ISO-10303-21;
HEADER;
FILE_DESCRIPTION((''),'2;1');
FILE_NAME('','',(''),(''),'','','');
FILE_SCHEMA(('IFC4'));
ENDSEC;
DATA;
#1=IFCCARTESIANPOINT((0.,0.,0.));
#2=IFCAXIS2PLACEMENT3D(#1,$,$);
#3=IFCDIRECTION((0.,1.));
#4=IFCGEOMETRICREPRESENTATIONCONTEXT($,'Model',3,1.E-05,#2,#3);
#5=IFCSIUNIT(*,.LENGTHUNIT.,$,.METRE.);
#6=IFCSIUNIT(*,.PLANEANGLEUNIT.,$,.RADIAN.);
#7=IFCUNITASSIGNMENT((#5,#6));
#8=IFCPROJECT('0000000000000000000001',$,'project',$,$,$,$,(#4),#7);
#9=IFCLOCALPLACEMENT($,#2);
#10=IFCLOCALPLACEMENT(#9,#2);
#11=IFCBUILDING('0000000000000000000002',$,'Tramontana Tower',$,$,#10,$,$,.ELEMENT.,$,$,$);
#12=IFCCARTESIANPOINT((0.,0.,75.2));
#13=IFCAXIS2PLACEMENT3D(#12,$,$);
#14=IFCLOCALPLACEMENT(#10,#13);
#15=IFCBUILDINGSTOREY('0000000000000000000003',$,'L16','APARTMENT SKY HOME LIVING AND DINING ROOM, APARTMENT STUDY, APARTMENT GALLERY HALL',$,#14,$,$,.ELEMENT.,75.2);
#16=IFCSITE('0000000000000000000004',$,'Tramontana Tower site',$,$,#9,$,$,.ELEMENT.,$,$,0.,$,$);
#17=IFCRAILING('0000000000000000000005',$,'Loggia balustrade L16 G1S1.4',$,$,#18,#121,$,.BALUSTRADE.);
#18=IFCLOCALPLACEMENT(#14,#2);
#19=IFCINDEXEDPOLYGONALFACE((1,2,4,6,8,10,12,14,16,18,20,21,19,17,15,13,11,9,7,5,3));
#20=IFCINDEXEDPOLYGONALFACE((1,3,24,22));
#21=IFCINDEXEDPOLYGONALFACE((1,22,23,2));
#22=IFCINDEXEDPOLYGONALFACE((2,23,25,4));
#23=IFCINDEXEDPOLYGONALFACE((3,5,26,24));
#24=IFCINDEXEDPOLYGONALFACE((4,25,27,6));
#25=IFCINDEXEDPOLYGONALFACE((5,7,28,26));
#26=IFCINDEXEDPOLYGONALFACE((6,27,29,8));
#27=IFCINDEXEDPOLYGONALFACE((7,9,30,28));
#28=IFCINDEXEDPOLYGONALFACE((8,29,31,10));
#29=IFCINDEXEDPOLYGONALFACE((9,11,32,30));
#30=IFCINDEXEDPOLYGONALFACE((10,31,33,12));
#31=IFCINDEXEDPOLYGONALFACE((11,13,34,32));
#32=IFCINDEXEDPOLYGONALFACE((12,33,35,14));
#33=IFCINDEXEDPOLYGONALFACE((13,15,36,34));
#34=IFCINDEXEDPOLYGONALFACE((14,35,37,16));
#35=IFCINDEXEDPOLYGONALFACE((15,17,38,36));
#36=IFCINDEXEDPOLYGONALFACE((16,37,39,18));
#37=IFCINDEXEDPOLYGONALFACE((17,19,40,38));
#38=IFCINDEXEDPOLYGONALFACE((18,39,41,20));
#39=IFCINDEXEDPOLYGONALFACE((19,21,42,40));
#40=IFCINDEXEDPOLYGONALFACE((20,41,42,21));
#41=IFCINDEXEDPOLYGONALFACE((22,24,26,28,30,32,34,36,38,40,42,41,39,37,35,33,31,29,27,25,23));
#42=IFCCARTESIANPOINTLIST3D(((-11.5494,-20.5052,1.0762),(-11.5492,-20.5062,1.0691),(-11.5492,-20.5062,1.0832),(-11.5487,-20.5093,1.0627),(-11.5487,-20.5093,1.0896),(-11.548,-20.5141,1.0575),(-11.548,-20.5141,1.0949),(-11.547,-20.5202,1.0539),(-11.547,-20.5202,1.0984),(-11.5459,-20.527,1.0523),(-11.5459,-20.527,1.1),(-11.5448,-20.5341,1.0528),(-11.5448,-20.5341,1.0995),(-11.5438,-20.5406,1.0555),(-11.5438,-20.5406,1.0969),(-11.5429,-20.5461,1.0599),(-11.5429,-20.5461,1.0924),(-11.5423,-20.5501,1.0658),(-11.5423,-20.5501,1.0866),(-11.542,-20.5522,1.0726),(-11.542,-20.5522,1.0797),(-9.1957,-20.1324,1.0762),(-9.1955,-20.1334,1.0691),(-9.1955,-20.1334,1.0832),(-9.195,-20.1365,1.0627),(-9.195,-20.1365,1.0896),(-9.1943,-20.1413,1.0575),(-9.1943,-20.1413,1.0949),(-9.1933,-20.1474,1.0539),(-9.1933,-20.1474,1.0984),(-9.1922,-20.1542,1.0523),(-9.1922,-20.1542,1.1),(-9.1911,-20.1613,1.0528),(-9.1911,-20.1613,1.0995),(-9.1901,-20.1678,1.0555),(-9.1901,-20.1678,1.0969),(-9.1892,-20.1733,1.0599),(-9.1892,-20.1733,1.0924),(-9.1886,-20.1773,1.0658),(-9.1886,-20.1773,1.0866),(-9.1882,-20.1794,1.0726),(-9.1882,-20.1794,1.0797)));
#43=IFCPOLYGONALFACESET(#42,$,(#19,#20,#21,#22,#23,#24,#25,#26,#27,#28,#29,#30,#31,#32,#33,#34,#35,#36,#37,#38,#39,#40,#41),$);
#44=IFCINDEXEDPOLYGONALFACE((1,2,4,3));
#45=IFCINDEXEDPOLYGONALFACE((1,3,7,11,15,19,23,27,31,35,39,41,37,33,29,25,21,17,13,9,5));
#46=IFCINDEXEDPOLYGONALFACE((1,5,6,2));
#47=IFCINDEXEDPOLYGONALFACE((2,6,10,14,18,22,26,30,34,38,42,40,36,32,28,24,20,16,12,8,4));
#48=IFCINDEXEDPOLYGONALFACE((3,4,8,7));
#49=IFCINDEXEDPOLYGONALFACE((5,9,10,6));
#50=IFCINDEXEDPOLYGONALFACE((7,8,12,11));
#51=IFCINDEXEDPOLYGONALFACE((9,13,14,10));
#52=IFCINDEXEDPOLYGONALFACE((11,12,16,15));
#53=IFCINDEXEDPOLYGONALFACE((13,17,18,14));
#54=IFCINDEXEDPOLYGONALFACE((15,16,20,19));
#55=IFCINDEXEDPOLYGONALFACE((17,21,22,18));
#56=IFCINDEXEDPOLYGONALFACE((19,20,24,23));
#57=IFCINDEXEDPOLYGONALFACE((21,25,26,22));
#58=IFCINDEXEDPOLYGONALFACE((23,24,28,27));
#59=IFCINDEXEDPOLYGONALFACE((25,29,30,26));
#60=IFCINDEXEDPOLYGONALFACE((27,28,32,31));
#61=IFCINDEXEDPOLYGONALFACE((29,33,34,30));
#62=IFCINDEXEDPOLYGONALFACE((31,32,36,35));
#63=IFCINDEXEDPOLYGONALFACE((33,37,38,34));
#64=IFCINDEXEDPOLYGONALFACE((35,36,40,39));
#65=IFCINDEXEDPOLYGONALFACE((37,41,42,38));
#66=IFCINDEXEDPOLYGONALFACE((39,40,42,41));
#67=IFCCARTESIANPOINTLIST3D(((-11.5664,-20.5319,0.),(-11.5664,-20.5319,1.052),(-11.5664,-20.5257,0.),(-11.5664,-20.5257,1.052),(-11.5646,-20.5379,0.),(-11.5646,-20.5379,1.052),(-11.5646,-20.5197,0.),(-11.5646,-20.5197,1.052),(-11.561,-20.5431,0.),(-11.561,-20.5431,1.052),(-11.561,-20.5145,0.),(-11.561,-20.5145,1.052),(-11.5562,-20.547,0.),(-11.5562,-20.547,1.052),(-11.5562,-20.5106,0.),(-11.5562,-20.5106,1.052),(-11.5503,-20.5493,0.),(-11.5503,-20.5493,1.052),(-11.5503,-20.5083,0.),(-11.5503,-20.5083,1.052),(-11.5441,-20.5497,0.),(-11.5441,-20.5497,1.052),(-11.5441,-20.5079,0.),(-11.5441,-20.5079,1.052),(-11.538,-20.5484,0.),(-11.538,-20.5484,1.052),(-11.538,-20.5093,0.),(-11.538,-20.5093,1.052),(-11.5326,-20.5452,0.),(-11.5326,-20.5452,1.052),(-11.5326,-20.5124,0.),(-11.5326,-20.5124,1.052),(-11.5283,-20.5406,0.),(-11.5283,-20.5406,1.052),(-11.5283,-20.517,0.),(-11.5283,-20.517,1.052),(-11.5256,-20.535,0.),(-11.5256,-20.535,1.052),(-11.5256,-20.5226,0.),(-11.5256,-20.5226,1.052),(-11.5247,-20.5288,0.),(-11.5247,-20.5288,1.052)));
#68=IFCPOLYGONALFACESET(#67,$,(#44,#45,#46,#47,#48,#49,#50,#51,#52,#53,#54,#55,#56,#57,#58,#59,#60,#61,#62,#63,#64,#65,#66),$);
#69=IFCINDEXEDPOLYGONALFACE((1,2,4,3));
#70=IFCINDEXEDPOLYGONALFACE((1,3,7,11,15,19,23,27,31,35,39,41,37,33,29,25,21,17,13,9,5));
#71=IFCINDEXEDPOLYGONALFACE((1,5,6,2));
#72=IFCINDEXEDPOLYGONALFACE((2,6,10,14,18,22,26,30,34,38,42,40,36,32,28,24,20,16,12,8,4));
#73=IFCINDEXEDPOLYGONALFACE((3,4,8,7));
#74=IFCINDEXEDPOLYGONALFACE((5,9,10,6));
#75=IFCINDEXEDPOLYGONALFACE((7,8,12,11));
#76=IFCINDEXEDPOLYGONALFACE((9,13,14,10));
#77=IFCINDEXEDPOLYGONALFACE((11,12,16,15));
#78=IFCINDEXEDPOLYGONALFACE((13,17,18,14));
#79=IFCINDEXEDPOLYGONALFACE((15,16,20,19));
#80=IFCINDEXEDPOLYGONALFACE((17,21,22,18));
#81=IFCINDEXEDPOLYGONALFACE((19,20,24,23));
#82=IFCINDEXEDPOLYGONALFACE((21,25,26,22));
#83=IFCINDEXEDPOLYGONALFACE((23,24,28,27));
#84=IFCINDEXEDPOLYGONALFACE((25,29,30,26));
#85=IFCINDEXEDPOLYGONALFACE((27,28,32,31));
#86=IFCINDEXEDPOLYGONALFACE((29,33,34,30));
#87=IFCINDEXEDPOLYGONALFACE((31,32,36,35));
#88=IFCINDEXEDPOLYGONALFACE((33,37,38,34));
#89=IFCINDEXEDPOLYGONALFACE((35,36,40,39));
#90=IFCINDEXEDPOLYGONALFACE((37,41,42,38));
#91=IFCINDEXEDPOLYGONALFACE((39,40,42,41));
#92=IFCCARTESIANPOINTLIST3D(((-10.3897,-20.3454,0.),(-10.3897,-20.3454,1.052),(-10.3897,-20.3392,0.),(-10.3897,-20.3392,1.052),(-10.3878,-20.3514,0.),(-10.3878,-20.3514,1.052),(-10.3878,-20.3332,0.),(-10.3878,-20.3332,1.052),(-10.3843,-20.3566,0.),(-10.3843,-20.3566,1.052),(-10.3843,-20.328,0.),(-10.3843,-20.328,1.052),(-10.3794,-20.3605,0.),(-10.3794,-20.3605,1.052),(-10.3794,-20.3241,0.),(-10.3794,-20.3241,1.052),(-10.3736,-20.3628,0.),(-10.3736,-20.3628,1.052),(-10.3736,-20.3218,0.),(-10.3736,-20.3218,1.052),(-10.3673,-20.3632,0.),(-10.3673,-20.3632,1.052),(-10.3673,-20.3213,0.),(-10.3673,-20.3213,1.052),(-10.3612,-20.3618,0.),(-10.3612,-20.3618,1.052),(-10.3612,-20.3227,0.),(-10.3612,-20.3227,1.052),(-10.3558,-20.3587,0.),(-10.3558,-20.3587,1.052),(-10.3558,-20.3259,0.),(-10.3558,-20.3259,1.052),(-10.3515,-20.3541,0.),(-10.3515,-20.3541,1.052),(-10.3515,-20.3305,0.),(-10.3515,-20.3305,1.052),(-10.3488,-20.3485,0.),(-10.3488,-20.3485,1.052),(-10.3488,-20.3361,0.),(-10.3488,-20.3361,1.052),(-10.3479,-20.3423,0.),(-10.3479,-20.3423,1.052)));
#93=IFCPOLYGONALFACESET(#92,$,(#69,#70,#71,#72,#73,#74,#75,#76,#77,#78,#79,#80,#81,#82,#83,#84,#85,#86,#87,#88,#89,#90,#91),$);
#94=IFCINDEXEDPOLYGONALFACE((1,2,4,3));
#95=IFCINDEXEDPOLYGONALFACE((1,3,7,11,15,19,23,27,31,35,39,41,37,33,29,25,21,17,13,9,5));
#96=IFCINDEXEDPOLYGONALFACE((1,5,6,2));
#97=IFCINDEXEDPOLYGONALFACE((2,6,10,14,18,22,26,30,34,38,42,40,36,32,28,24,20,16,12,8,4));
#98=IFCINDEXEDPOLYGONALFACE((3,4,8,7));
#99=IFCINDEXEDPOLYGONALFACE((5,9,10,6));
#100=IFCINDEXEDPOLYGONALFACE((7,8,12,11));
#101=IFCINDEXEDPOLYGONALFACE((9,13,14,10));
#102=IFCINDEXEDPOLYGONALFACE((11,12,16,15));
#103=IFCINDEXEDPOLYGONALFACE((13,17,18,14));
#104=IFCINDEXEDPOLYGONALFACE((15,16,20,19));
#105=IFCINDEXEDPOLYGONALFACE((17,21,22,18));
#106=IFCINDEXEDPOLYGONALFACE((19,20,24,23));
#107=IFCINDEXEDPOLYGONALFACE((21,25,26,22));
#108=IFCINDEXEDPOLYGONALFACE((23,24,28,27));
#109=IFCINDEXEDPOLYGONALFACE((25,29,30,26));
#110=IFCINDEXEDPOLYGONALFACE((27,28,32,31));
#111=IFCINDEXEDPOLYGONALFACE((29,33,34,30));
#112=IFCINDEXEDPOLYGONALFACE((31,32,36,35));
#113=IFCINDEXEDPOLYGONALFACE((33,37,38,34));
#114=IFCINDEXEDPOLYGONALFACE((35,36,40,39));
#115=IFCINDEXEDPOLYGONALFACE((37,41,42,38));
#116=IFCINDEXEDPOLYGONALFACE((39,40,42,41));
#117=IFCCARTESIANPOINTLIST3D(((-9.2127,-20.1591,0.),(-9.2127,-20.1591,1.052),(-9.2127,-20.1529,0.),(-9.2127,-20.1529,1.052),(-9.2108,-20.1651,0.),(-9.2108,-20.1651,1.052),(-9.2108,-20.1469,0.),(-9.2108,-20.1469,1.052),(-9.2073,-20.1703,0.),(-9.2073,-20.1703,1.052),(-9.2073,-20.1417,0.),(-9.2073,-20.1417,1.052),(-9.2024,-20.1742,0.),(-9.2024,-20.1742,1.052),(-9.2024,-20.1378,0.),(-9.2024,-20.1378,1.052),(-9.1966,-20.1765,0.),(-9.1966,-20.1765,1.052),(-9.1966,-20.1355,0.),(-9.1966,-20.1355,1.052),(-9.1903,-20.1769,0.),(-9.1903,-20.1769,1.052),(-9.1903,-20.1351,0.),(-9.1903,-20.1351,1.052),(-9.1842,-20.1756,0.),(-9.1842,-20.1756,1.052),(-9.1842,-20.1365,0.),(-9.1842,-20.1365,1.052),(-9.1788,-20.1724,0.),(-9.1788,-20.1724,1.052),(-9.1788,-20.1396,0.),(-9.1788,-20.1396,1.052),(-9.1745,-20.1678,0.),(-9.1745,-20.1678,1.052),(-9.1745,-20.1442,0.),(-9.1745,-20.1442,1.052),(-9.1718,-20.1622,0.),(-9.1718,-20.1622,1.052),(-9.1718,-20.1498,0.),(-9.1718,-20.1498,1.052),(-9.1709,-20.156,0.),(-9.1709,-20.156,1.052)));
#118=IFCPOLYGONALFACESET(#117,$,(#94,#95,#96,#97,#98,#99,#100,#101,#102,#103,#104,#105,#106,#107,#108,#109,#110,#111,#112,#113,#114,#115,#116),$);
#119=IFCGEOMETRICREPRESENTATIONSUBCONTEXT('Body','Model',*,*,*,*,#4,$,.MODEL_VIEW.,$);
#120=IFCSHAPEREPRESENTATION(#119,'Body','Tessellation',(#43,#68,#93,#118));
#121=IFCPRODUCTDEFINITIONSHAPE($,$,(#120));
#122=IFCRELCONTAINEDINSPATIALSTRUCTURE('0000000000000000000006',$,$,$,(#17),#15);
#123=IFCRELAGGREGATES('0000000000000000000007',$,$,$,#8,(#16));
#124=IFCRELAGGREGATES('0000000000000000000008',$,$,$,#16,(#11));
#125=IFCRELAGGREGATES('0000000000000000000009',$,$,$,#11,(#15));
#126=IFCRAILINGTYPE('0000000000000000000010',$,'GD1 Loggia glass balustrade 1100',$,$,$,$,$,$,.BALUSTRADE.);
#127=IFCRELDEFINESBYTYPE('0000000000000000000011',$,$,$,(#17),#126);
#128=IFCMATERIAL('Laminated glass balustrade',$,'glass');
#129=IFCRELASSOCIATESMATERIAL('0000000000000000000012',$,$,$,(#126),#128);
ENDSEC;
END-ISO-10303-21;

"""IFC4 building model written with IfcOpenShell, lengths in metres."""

from ifc_helpers import new_model, si_unit, direction, frame, origin, origin_2d, place, context, subcontext, project, spatial, circle, extrude, material, type_object, element, save


model = new_model("IFC4")

# Units and contexts
model_context = context("Model", 3, precision=1e-05, world=origin(), true_north=direction((0.0, 1.0)))
body_context = subcontext(model_context, "Body", "Model", "MODEL_VIEW")
ifc_project = project(units=[si_unit("LENGTHUNIT", "METRE"), si_unit("PLANEANGLEUNIT", "RADIAN")], contexts=[model_context])

# Site, building, storey
site_placement = place(None, origin())
site = spatial("IfcSite", under=ifc_project, at=site_placement, Name="Tramontana Tower site", CompositionType="ELEMENT", RefElevation=0.0)
building_placement = place(site_placement, origin())
building = spatial("IfcBuilding", under=site, at=building_placement, Name="Tramontana Tower", CompositionType="ELEMENT")
storey_placement = place(building_placement, frame((0.0, 0.0, 75.2)))
storey = spatial("IfcBuildingStorey", under=building, at=storey_placement, Name="L16", Description="APARTMENT SKY HOME LIVING AND DINING ROOM, APARTMENT STUDY, APARTMENT GALLERY HALL", CompositionType="ELEMENT", Elevation=75.2)

# Railing
ifc_material_1 = material(Name="Laminated glass balustrade", Category="glass")
railing_type = type_object("IfcRailingType", Name="GD1 Loggia glass balustrade 1100", PredefinedType="BALUSTRADE", material=ifc_material_1)
railing_1_placement = place(storey_placement, frame((-11.5457, -20.5288, 0.0)))
element("IfcRailing", 1, at=railing_1_placement, inside=storey, type_object=railing_type, Name="Loggia balustrade L16 G1S1.4", PredefinedType="BALUSTRADE", context=body_context, shape_type="SweptSolid", body=[
    extrude(circle(Radius=0.0239, at=origin_2d()), frame((0.0, 0.0, 1.0762), z_axis=(0.987688, 0.156436, 0.0), x_axis=(-0.156436, 0.987688, 0.0)), (0.0, 0.0, 1.0), 2.3831),
    extrude(circle(Radius=0.021, at=origin_2d()), origin(), (0.0, 0.0, 1.0), 1.052),
    extrude(circle(Radius=0.021, at=origin_2d()), frame((1.1768, 0.1865, 0.0)), (0.0, 0.0, 1.0), 1.052),
    extrude(circle(Radius=0.021, at=origin_2d()), frame((2.3538, 0.3728, 0.0)), (0.0, 0.0, 1.0), 1.052),
])

save(model, "model.ifc")
